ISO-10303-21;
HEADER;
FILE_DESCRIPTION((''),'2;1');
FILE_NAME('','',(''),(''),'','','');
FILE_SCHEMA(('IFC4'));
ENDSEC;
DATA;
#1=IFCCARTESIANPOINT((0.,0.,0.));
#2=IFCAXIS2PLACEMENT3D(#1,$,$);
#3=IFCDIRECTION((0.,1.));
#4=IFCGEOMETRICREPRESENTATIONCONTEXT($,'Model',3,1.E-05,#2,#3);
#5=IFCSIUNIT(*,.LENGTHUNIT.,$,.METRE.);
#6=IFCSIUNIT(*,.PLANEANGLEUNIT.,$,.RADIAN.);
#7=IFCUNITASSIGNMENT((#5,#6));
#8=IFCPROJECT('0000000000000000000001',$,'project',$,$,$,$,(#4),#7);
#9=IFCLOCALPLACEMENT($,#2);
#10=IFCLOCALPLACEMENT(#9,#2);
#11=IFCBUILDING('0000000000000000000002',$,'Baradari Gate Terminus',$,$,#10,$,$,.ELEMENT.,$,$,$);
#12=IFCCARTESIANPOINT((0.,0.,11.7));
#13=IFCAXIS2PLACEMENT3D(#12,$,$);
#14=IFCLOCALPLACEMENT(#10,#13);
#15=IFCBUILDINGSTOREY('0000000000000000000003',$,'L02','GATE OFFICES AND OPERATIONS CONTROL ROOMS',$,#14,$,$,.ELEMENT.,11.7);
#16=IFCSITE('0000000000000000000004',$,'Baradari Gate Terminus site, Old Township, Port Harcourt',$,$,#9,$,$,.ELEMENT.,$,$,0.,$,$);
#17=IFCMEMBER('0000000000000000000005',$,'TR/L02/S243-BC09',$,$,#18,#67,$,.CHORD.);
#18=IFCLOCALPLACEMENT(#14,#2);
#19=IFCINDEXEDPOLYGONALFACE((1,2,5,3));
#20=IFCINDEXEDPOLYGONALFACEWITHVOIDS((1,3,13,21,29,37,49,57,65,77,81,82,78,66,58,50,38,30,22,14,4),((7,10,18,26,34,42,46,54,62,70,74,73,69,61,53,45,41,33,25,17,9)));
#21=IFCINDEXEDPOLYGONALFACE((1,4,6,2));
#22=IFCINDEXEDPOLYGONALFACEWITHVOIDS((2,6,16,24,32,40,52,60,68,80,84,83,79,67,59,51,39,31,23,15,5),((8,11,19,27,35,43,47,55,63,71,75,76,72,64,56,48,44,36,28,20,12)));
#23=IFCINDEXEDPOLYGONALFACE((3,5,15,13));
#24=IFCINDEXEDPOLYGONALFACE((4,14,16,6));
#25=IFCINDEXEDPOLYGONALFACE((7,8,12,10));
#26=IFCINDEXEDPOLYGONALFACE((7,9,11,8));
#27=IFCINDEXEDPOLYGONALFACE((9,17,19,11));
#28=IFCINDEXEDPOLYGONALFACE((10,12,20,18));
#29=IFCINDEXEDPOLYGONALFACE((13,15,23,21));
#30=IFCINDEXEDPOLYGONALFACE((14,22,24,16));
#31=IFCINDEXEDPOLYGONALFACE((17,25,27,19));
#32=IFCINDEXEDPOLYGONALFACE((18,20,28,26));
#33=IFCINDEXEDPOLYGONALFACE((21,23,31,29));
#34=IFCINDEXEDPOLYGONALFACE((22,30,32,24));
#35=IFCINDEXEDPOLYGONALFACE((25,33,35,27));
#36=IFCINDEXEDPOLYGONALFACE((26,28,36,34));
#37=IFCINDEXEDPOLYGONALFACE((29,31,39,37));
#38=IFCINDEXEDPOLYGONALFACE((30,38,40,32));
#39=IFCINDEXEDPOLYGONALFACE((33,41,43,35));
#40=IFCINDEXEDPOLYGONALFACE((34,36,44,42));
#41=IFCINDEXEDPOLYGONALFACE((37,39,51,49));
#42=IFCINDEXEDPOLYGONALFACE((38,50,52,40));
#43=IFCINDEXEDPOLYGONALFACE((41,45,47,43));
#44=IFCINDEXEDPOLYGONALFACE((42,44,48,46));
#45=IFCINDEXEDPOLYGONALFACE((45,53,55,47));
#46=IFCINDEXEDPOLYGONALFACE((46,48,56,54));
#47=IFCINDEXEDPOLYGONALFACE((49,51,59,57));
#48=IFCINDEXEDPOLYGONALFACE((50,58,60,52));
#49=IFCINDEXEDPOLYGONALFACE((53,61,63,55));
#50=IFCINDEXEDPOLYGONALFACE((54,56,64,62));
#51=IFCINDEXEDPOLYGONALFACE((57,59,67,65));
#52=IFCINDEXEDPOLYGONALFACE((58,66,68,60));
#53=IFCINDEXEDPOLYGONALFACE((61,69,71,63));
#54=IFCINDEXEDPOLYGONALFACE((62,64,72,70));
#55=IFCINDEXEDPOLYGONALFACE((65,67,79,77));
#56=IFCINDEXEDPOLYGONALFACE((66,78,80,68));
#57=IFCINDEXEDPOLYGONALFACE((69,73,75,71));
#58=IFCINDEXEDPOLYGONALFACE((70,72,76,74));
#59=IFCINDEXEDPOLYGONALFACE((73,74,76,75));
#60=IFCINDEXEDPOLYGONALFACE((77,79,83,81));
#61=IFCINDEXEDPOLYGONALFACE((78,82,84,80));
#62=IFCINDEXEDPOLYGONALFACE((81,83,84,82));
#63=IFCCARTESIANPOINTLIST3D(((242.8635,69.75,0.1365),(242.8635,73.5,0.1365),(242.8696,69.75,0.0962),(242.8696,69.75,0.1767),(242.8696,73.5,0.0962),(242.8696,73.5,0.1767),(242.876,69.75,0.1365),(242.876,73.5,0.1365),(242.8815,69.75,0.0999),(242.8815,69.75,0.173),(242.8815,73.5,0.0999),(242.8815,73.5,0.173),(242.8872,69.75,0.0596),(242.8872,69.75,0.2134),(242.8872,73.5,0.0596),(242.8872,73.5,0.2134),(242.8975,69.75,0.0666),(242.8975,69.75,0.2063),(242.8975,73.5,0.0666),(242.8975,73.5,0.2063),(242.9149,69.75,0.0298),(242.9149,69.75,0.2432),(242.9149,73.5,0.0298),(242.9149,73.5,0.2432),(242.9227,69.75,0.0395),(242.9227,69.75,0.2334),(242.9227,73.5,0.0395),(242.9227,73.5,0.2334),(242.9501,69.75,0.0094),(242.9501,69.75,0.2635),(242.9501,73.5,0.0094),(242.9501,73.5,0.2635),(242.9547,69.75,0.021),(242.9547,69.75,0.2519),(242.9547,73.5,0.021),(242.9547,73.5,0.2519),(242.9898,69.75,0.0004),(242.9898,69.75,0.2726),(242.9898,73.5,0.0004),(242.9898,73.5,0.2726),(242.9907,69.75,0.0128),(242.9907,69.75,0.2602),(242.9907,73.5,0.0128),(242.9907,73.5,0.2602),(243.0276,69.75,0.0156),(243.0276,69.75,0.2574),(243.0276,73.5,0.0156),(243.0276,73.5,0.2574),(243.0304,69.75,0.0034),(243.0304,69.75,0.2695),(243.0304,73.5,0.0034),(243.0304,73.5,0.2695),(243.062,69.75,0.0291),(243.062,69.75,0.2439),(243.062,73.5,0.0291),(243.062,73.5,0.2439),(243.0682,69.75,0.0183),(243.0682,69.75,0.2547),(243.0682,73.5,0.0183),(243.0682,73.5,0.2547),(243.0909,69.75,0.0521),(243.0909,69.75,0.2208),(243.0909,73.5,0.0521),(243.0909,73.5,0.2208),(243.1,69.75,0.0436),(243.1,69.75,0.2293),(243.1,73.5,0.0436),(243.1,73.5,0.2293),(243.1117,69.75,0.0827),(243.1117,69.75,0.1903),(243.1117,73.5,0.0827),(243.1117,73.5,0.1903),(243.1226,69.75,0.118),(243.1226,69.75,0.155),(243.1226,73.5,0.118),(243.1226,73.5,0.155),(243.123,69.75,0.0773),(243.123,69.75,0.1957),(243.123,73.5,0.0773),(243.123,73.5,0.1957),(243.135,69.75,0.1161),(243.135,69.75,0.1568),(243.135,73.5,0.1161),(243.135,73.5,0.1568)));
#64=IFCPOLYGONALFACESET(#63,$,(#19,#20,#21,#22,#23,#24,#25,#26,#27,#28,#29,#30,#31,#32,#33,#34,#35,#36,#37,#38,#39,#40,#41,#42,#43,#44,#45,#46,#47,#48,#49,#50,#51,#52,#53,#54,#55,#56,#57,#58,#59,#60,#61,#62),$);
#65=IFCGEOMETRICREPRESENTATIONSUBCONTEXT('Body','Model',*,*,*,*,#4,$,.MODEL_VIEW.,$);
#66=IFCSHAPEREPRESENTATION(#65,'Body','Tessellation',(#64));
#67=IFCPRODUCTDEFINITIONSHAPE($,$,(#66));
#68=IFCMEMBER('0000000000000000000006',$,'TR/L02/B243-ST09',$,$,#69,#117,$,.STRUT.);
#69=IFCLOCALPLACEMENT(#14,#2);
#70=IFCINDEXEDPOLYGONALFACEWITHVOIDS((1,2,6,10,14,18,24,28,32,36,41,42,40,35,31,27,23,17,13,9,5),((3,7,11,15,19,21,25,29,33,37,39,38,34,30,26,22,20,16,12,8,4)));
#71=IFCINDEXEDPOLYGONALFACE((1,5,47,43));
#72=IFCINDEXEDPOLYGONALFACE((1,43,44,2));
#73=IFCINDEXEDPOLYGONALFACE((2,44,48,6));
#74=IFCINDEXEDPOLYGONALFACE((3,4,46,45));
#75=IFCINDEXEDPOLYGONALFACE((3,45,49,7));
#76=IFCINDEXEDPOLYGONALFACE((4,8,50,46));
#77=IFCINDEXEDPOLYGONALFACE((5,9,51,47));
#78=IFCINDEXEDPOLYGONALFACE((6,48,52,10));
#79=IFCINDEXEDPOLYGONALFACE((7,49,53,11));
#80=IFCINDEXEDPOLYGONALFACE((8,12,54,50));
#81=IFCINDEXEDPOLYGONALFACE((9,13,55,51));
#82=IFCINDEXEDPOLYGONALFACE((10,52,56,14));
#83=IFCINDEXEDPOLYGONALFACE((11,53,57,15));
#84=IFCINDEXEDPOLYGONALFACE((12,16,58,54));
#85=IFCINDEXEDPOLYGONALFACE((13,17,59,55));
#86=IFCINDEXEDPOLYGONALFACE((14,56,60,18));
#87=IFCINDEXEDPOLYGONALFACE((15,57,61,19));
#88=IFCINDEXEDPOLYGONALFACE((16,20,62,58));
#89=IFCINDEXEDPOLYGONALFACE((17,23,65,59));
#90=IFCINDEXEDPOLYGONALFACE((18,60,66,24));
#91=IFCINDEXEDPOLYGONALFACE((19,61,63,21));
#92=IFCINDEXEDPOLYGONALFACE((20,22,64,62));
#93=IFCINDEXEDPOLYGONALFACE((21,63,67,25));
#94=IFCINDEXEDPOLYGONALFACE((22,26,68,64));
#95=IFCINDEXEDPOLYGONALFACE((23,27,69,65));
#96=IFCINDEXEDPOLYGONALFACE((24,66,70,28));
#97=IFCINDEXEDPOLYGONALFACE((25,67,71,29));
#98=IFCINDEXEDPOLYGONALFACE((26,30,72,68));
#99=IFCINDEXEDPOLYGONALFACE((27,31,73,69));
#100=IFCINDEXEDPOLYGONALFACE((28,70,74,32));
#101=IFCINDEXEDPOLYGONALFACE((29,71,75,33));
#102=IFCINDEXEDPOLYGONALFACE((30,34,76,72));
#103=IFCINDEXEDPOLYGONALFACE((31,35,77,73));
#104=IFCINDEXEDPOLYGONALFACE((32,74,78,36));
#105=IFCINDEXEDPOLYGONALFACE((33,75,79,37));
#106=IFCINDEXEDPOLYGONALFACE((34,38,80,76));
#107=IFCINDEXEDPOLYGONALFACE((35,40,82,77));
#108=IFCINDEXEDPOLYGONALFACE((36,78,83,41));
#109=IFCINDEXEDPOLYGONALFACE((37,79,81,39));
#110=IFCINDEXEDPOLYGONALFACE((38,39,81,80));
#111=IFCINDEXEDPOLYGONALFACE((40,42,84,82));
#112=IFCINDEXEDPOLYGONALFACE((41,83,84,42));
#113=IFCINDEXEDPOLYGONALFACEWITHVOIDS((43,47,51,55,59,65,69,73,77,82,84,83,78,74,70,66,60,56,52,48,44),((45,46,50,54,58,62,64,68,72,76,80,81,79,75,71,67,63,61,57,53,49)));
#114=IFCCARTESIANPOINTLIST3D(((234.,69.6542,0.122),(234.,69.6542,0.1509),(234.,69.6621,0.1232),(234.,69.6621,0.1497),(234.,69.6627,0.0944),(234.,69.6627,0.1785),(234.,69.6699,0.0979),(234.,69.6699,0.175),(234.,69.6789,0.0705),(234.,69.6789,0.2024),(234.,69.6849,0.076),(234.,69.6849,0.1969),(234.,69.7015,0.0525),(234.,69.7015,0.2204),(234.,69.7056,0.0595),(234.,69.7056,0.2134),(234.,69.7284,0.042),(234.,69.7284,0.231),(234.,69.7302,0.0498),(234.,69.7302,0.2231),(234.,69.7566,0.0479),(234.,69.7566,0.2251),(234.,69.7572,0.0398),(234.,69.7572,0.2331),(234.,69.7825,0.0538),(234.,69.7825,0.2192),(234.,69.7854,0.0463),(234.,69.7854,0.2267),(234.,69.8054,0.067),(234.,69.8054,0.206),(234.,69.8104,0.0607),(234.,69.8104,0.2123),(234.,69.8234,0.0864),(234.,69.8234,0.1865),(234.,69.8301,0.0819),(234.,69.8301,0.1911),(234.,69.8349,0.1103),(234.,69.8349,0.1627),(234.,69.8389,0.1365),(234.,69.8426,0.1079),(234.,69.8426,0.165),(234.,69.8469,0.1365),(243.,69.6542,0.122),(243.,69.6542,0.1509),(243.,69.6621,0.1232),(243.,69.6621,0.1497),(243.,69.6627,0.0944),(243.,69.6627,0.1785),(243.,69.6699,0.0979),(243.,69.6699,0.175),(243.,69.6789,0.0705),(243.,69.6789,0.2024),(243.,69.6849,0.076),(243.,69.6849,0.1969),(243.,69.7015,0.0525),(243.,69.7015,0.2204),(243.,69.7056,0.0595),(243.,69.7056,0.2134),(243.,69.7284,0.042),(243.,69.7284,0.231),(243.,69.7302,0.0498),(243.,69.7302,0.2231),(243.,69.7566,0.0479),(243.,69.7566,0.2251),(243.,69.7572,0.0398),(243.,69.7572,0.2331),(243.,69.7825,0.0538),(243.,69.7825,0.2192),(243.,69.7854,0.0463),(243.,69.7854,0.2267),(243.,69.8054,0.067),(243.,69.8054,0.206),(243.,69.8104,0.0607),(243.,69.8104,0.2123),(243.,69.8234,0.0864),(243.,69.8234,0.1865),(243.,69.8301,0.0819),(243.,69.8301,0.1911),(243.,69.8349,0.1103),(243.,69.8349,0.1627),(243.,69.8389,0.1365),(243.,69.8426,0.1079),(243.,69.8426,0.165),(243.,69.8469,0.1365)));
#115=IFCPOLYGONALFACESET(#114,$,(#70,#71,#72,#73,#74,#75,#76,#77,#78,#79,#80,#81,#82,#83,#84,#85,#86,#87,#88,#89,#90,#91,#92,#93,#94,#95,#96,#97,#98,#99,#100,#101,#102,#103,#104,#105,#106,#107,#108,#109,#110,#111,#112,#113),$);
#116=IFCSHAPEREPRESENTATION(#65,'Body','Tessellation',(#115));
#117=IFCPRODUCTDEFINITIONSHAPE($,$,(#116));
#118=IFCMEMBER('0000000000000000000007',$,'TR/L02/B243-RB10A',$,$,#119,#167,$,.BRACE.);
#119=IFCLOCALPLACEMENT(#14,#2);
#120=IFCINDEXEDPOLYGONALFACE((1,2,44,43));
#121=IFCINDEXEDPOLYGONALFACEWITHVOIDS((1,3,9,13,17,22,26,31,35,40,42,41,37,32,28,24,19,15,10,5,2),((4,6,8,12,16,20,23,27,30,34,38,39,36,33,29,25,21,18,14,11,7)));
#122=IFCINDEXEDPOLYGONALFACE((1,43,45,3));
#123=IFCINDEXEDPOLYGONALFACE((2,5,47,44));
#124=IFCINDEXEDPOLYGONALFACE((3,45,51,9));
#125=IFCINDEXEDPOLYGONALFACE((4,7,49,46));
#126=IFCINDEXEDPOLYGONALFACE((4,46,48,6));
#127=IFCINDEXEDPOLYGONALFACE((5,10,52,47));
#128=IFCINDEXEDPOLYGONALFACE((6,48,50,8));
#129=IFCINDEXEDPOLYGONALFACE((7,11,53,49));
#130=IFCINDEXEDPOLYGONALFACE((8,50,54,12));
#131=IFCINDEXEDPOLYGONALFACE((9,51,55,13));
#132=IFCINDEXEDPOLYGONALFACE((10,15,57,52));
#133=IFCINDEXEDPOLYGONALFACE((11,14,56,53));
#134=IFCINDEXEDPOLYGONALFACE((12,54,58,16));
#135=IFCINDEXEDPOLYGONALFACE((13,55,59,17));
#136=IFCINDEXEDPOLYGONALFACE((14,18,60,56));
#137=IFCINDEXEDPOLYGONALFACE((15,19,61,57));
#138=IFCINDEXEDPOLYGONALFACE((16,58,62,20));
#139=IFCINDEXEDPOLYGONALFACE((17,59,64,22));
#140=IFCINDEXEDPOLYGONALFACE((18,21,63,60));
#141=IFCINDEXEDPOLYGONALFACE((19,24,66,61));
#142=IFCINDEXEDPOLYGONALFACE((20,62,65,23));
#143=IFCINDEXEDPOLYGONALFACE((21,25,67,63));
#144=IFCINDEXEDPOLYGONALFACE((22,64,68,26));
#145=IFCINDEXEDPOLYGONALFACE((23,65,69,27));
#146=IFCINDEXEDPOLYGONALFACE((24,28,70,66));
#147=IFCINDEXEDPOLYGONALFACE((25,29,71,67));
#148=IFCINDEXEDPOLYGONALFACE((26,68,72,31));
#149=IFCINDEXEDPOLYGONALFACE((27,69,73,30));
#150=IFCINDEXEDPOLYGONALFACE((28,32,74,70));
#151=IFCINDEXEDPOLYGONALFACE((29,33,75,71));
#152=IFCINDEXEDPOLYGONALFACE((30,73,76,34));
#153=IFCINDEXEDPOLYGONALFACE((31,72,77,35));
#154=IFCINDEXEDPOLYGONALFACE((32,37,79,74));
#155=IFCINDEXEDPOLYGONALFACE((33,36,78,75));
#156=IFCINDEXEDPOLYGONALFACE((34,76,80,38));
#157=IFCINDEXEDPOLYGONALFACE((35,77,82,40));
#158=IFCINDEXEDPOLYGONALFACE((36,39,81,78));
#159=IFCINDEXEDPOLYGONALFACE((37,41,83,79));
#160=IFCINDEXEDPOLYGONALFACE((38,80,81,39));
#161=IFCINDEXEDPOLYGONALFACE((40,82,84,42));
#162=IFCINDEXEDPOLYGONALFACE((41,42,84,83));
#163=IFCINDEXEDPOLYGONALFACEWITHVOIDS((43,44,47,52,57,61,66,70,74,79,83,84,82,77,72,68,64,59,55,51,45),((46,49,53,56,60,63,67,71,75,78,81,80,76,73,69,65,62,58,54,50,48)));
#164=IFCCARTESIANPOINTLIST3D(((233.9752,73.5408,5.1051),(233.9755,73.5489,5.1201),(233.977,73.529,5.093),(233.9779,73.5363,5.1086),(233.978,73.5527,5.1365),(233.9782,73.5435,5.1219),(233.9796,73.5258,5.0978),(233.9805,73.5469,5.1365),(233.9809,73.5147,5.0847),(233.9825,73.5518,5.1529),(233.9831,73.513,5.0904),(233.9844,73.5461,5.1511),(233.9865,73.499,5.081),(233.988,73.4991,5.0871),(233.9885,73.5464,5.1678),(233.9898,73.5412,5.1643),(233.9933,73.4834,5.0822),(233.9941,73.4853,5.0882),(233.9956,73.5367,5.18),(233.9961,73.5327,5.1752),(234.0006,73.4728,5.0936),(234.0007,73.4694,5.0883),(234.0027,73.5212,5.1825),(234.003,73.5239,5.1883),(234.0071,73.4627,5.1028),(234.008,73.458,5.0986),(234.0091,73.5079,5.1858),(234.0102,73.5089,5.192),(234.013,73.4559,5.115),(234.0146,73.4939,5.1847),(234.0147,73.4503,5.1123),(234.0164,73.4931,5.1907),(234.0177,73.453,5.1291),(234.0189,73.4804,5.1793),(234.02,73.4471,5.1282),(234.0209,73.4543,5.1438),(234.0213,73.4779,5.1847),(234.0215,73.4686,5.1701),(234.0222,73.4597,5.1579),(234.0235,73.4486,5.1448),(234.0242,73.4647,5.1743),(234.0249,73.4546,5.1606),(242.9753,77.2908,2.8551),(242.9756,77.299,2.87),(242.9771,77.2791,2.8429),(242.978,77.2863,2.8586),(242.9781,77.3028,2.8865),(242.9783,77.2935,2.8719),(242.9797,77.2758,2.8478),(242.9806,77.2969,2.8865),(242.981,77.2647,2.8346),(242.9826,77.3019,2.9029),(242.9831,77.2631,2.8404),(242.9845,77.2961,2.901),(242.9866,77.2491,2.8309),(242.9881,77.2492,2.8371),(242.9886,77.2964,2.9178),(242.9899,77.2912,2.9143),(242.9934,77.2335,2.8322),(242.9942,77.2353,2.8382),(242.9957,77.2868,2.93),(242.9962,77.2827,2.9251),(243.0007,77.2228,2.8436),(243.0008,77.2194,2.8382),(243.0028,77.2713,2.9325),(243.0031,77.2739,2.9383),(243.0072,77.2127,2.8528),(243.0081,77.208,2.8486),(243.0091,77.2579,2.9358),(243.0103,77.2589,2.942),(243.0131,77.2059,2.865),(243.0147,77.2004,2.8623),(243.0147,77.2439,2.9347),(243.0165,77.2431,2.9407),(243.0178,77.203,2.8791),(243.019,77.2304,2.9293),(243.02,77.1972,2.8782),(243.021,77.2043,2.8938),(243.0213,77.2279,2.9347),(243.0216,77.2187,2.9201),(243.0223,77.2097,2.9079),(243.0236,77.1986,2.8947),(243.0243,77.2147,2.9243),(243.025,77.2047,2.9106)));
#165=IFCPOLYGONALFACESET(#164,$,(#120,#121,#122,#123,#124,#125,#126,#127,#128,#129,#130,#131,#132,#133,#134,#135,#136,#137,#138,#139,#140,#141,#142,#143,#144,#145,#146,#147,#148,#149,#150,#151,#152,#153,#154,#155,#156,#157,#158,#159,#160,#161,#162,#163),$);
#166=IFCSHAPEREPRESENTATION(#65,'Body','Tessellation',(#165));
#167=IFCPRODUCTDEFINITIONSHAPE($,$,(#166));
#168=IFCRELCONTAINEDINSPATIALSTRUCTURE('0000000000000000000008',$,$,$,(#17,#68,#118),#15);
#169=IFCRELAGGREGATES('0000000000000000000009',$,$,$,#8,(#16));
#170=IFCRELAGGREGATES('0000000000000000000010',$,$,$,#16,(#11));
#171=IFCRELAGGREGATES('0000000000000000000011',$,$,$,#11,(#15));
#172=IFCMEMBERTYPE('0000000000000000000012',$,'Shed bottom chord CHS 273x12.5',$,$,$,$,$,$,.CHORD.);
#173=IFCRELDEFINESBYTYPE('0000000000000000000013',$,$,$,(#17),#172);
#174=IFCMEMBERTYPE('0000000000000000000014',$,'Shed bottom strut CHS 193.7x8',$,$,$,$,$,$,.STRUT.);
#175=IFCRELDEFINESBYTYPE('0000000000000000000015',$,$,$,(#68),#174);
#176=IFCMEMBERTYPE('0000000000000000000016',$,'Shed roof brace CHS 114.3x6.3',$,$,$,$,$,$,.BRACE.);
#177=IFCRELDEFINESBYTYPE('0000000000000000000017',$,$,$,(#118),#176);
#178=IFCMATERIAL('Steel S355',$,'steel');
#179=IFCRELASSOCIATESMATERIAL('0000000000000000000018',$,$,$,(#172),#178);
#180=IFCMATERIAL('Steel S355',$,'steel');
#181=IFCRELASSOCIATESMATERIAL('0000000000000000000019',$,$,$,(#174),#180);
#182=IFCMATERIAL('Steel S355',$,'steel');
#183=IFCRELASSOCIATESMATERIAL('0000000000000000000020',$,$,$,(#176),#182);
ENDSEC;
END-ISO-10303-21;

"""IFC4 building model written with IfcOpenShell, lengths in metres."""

from ifc_helpers import new_model, si_unit, direction, frame, origin, origin_2d, place, context, subcontext, project, spatial, hollow_circle, extrude, material, material_profile, profile_set, type_object, element, save


model = new_model("IFC4")

# Units and contexts
model_context = context("Model", 3, precision=1e-05, world=origin(), true_north=direction((0.0, 1.0)))
body_context = subcontext(model_context, "Body", "Model", "MODEL_VIEW")
ifc_project = project(units=[si_unit("LENGTHUNIT", "METRE"), si_unit("PLANEANGLEUNIT", "RADIAN")], contexts=[model_context])

# Site, building, storey
site_placement = place(None, origin())
site = spatial("IfcSite", under=ifc_project, at=site_placement, Name="Baradari Gate Terminus site, Old Township, Port Harcourt", CompositionType="ELEMENT", RefElevation=0.0)
building_placement = place(site_placement, origin())
building = spatial("IfcBuilding", under=site, at=building_placement, Name="Baradari Gate Terminus", CompositionType="ELEMENT")
storey_placement = place(building_placement, frame((0.0, 0.0, 11.7)))
storey = spatial("IfcBuildingStorey", under=building, at=storey_placement, Name="L02", Description="GATE OFFICES AND OPERATIONS CONTROL ROOMS", CompositionType="ELEMENT", Elevation=11.7)

# Members
ifc_material_1 = material(Name="Steel S355", Category="steel")
ifc_material_profile_1 = material_profile(ifc_material_1, hollow_circle(Radius=0.1365, WallThickness=0.0125, at=origin_2d()), Name="CHS 273x12.5")
ifc_profile_set_1 = profile_set([ifc_material_profile_1], Name="Steel S355")
member_type_1 = type_object("IfcMemberType", Name="Shed bottom chord CHS 273x12.5", PredefinedType="CHORD", material=ifc_profile_set_1)
for number, where, z_axis, x_axis, name in (
    (1, (243.0, 69.75, 0.1365), (0.0, 1.0, 0.0), (-1.0, 0.0, 0.0), "TR/L02/S243-BC09"),
):
    element("IfcMember", number, at=place(storey_placement, frame(where, z_axis=z_axis, x_axis=x_axis)), inside=storey, type_object=member_type_1, Name=name, PredefinedType="CHORD", context=body_context, shape_type="SweptSolid", body=[
        extrude(hollow_circle(Radius=0.1365, WallThickness=0.0125, at=origin_2d()), origin(), (0.0, 0.0, 1.0), 3.75),
    ])
ifc_material_2 = material(Name="Steel S355", Category="steel")
ifc_material_profile_2 = material_profile(ifc_material_2, hollow_circle(Radius=0.0969, WallThickness=0.0081, at=origin_2d()), Name="CHS 193.7x8")
ifc_profile_set_2 = profile_set([ifc_material_profile_2], Name="Steel S355")
member_type_2 = type_object("IfcMemberType", Name="Shed bottom strut CHS 193.7x8", PredefinedType="STRUT", material=ifc_profile_set_2)
member_1_placement = place(storey_placement, frame((234.0, 69.75, 0.1365), z_axis=(1.0, 0.0, 0.0), x_axis=(0.0, 1.0, 0.0)))
element("IfcMember", 2, at=member_1_placement, inside=storey, type_object=member_type_2, Name="TR/L02/B243-ST09", PredefinedType="STRUT", context=body_context, shape_type="SweptSolid", body=[
    extrude(hollow_circle(Radius=0.0969, WallThickness=0.0081, at=origin_2d()), origin(), (0.0, 0.0, 1.0), 9.0),
])
ifc_material_3 = material(Name="Steel S355", Category="steel")
ifc_material_profile_3 = material_profile(ifc_material_3, hollow_circle(Radius=0.0571, WallThickness=0.0063, at=origin_2d()), Name="CHS 114.3x6.3")
ifc_profile_set_3 = profile_set([ifc_material_profile_3], Name="Steel S355")
member_type_3 = type_object("IfcMemberType", Name="Shed roof brace CHS 114.3x6.3", PredefinedType="BRACE", material=ifc_profile_set_3)
member_2_placement = place(storey_placement, frame((234.0, 73.5, 5.1365), z_axis=(0.899438, 0.374766, -0.22486), x_axis=(-0.384615, 0.923077, 0.0)))
element("IfcMember", 3, at=member_2_placement, inside=storey, type_object=member_type_3, Name="TR/L02/B243-RB10A", PredefinedType="BRACE", context=body_context, shape_type="SweptSolid", body=[
    extrude(hollow_circle(Radius=0.0571, WallThickness=0.0063, at=origin_2d()), origin(), (0.0, 0.0, 1.0), 10.0063),
])

save(model, "model.ifc")
